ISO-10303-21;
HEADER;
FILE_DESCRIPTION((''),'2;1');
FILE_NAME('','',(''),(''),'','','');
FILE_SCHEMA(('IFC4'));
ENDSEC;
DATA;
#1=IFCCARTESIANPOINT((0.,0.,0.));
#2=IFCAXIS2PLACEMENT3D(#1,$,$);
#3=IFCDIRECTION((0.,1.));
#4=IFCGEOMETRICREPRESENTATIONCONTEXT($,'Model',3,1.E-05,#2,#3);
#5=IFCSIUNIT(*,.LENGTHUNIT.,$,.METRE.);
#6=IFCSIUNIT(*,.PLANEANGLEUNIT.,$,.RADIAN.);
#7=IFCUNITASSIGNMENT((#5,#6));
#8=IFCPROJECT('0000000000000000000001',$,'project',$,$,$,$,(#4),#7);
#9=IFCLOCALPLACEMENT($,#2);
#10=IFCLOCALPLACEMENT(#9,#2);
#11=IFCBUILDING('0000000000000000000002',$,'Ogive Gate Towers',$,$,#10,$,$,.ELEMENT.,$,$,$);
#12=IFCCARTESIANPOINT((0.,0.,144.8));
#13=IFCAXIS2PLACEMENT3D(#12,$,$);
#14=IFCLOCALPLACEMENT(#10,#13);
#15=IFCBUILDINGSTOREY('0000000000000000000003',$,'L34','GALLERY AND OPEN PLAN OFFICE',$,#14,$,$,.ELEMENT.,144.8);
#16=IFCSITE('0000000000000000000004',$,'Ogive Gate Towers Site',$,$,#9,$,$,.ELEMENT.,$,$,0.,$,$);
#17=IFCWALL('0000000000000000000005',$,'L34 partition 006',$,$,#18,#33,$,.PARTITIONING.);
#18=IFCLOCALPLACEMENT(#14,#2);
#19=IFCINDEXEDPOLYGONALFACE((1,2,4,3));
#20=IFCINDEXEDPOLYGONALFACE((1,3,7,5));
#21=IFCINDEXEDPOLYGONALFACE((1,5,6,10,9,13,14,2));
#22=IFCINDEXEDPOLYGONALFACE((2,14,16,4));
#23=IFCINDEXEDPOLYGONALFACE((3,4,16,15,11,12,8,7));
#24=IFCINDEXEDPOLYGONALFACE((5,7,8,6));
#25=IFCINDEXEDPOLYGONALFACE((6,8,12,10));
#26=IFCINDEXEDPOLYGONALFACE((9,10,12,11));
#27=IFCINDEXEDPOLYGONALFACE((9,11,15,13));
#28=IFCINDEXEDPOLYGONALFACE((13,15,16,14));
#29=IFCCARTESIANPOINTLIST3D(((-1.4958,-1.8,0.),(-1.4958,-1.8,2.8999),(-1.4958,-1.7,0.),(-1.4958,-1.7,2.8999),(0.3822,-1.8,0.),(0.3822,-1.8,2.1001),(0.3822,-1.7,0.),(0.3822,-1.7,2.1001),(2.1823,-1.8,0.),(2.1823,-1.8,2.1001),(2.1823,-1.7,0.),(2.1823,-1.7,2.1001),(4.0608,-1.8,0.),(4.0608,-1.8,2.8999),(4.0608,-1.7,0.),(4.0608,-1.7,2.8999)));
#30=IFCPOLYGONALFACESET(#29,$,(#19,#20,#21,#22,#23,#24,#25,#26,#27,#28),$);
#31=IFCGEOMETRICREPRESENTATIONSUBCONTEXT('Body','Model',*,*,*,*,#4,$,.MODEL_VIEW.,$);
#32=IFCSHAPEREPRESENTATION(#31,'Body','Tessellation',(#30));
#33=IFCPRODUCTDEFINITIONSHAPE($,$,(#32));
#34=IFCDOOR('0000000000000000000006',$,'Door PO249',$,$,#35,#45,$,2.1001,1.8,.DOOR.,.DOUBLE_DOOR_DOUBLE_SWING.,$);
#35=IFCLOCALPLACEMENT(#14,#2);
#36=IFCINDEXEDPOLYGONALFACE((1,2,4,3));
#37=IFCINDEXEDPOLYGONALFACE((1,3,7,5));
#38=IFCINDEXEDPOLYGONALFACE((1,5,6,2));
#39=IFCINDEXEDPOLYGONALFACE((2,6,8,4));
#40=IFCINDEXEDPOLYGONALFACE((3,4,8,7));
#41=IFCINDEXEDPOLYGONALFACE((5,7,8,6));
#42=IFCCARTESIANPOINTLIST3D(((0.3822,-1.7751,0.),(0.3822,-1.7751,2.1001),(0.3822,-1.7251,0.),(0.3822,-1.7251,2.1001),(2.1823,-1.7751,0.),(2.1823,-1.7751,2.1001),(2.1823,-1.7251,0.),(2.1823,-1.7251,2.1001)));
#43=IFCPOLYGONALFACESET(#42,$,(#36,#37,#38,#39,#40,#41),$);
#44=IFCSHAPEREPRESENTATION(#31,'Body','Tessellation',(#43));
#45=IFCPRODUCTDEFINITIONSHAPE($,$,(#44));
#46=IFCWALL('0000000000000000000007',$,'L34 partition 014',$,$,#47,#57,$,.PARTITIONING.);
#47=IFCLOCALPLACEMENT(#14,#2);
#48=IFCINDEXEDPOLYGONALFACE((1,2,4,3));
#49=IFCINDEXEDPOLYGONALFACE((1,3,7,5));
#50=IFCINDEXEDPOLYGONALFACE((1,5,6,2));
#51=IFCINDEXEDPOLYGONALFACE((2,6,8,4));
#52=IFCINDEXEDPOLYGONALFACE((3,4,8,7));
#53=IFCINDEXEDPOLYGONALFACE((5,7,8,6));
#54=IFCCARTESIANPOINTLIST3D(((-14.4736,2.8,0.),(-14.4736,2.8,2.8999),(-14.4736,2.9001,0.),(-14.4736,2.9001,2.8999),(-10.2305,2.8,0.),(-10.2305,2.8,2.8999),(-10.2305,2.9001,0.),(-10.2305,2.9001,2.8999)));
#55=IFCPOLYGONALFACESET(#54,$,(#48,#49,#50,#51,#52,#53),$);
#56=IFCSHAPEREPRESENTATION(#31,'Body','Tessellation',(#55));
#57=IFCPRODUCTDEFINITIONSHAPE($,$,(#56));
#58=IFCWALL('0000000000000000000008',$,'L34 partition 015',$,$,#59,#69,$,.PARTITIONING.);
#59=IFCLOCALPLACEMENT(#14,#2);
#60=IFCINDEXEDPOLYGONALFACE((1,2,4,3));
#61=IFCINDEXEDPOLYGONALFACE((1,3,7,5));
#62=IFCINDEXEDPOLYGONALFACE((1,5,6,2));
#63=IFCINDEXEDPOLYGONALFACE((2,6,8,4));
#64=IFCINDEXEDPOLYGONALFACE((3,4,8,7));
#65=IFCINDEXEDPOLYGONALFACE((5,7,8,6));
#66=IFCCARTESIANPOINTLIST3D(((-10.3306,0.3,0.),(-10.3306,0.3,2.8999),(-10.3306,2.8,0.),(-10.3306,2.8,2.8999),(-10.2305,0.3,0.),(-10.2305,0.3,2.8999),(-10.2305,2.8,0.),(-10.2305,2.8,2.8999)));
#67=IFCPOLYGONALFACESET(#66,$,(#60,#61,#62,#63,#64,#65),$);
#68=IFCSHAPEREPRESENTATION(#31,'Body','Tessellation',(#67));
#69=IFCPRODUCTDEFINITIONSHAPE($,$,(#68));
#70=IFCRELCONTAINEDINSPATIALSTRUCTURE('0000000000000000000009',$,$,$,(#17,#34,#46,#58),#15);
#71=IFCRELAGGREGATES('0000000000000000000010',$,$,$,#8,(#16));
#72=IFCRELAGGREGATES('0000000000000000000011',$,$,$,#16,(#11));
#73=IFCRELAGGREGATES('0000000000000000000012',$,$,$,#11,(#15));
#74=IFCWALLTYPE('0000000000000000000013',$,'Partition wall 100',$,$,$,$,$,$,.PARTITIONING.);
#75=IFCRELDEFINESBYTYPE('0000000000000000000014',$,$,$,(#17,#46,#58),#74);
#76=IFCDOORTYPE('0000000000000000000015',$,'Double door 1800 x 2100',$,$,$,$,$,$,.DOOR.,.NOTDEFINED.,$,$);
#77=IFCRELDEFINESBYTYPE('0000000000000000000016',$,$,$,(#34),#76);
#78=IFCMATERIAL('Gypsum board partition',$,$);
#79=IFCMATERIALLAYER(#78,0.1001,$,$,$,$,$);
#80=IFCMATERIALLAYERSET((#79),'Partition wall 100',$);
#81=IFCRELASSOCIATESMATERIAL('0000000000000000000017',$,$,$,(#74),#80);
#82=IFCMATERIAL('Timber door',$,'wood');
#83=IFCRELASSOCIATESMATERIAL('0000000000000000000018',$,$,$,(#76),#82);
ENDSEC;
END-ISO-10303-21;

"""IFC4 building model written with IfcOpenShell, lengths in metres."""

from ifc_helpers import new_model, si_unit, direction, frame, frame_2d, origin, place, context, subcontext, project, spatial, rectangle, extrude, material, layer, layer_set, type_object, element, fill, save


model = new_model("IFC4")

# Units and contexts
model_context = context("Model", 3, precision=1e-05, world=origin(), true_north=direction((0.0, 1.0)))
body_context = subcontext(model_context, "Body", "Model", "MODEL_VIEW")
ifc_project = project(units=[si_unit("LENGTHUNIT", "METRE"), si_unit("PLANEANGLEUNIT", "RADIAN")], contexts=[model_context])

# Site, building, storey
site_placement = place(None, origin())
site = spatial("IfcSite", under=ifc_project, at=site_placement, Name="Ogive Gate Towers Site", CompositionType="ELEMENT", RefElevation=0.0)
building_placement = place(site_placement, origin())
building = spatial("IfcBuilding", under=site, at=building_placement, Name="Ogive Gate Towers", CompositionType="ELEMENT")
storey_placement = place(building_placement, frame((0.0, 0.0, 144.8)))
storey = spatial("IfcBuildingStorey", under=building, at=storey_placement, Name="L34", Description="GALLERY AND OPEN PLAN OFFICE", CompositionType="ELEMENT", Elevation=144.8)

# Shared definitions
ifc_material_1 = material(Name="Gypsum board partition")

# Shared definitions
ifc_layer_1 = layer(ifc_material_1, 0.1001)
ifc_layer_set_1 = layer_set([ifc_layer_1], Name="Partition wall 100")
wall_type_1 = type_object("IfcWallType", Name="Partition wall 100", PredefinedType="PARTITIONING", material=ifc_layer_set_1)
ifc_material_2 = material(Name="Timber door", Category="wood")
door_type_1 = type_object("IfcDoorType", Name="Double door 1800 x 2100", OperationType="NOTDEFINED", PredefinedType="DOOR", material=ifc_material_2)

# Wall, opening, door
wall_1_placement = place(storey_placement, frame((-1.4958, -1.75, 0.0), z_axis=(0.0, 0.0, 1.0), x_axis=(1.0, 0.0, 0.0)))
wall_1 = element("IfcWall", 1, at=wall_1_placement, inside=storey, type_object=wall_type_1, Name="L34 partition 006", PredefinedType="PARTITIONING", context=body_context, shape_type="SweptSolid", body=[
    extrude(rectangle(XDim=5.5566, YDim=0.1001, at=frame_2d((2.7783, 0.0))), origin(), (0.0, 0.0, 1.0), 2.8999),
])
opening_1_placement = place(wall_1_placement, frame((1.8782, 0.0, 0.0)))
opening_1 = element("IfcOpeningElement", 2, at=opening_1_placement, cuts=wall_1, PredefinedType="OPENING", context=body_context, shape_type="SweptSolid", body=[
    extrude(rectangle(XDim=1.8, YDim=2.1001, at=frame_2d((0.8999, 1.05))), frame((0.0, 0.0601, 0.0), z_axis=(0.0, -1.0, 0.0), x_axis=(1.0, 0.0, 0.0)), (0.0, 0.0, 1.0), 0.1201),
])
door_1_placement = place(opening_1_placement, origin())
door_1 = element("IfcDoor", 3, at=door_1_placement, inside=storey, type_object=door_type_1, Name="Door PO249", OperationType="DOUBLE_DOOR_DOUBLE_SWING", OverallHeight=2.1001, OverallWidth=1.8, PredefinedType="DOOR", context=body_context, shape_type="SweptSolid", body=[
    extrude(rectangle(XDim=1.8, YDim=2.1001, at=frame_2d((0.8999, 1.05))), frame((0.0, 0.0249, 0.0), z_axis=(0.0, -1.0, 0.0), x_axis=(1.0, 0.0, 0.0)), (0.0, 0.0, 1.0), 0.05),
])
fill(opening_1, door_1)

# Walls
wall_2_placement = place(storey_placement, frame((-14.4736, 2.8501, 0.0), z_axis=(0.0, 0.0, 1.0), x_axis=(1.0, 0.0, 0.0)))
element("IfcWall", 4, at=wall_2_placement, inside=storey, type_object=wall_type_1, Name="L34 partition 014", PredefinedType="PARTITIONING", context=body_context, shape_type="SweptSolid", body=[
    extrude(rectangle(XDim=4.2432, YDim=0.1001, at=frame_2d((2.1216, 0.0))), origin(), (0.0, 0.0, 1.0), 2.8999),
])
wall_3_placement = place(storey_placement, frame((-10.2805, 0.3, 0.0), z_axis=(0.0, 0.0, 1.0), x_axis=(0.0, 1.0, 0.0)))
element("IfcWall", 5, at=wall_3_placement, inside=storey, type_object=wall_type_1, Name="L34 partition 015", PredefinedType="PARTITIONING", context=body_context, shape_type="SweptSolid", body=[
    extrude(rectangle(XDim=2.5, YDim=0.1001, at=frame_2d((1.25, 0.0))), origin(), (0.0, 0.0, 1.0), 2.8999),
])

save(model, "model.ifc")
